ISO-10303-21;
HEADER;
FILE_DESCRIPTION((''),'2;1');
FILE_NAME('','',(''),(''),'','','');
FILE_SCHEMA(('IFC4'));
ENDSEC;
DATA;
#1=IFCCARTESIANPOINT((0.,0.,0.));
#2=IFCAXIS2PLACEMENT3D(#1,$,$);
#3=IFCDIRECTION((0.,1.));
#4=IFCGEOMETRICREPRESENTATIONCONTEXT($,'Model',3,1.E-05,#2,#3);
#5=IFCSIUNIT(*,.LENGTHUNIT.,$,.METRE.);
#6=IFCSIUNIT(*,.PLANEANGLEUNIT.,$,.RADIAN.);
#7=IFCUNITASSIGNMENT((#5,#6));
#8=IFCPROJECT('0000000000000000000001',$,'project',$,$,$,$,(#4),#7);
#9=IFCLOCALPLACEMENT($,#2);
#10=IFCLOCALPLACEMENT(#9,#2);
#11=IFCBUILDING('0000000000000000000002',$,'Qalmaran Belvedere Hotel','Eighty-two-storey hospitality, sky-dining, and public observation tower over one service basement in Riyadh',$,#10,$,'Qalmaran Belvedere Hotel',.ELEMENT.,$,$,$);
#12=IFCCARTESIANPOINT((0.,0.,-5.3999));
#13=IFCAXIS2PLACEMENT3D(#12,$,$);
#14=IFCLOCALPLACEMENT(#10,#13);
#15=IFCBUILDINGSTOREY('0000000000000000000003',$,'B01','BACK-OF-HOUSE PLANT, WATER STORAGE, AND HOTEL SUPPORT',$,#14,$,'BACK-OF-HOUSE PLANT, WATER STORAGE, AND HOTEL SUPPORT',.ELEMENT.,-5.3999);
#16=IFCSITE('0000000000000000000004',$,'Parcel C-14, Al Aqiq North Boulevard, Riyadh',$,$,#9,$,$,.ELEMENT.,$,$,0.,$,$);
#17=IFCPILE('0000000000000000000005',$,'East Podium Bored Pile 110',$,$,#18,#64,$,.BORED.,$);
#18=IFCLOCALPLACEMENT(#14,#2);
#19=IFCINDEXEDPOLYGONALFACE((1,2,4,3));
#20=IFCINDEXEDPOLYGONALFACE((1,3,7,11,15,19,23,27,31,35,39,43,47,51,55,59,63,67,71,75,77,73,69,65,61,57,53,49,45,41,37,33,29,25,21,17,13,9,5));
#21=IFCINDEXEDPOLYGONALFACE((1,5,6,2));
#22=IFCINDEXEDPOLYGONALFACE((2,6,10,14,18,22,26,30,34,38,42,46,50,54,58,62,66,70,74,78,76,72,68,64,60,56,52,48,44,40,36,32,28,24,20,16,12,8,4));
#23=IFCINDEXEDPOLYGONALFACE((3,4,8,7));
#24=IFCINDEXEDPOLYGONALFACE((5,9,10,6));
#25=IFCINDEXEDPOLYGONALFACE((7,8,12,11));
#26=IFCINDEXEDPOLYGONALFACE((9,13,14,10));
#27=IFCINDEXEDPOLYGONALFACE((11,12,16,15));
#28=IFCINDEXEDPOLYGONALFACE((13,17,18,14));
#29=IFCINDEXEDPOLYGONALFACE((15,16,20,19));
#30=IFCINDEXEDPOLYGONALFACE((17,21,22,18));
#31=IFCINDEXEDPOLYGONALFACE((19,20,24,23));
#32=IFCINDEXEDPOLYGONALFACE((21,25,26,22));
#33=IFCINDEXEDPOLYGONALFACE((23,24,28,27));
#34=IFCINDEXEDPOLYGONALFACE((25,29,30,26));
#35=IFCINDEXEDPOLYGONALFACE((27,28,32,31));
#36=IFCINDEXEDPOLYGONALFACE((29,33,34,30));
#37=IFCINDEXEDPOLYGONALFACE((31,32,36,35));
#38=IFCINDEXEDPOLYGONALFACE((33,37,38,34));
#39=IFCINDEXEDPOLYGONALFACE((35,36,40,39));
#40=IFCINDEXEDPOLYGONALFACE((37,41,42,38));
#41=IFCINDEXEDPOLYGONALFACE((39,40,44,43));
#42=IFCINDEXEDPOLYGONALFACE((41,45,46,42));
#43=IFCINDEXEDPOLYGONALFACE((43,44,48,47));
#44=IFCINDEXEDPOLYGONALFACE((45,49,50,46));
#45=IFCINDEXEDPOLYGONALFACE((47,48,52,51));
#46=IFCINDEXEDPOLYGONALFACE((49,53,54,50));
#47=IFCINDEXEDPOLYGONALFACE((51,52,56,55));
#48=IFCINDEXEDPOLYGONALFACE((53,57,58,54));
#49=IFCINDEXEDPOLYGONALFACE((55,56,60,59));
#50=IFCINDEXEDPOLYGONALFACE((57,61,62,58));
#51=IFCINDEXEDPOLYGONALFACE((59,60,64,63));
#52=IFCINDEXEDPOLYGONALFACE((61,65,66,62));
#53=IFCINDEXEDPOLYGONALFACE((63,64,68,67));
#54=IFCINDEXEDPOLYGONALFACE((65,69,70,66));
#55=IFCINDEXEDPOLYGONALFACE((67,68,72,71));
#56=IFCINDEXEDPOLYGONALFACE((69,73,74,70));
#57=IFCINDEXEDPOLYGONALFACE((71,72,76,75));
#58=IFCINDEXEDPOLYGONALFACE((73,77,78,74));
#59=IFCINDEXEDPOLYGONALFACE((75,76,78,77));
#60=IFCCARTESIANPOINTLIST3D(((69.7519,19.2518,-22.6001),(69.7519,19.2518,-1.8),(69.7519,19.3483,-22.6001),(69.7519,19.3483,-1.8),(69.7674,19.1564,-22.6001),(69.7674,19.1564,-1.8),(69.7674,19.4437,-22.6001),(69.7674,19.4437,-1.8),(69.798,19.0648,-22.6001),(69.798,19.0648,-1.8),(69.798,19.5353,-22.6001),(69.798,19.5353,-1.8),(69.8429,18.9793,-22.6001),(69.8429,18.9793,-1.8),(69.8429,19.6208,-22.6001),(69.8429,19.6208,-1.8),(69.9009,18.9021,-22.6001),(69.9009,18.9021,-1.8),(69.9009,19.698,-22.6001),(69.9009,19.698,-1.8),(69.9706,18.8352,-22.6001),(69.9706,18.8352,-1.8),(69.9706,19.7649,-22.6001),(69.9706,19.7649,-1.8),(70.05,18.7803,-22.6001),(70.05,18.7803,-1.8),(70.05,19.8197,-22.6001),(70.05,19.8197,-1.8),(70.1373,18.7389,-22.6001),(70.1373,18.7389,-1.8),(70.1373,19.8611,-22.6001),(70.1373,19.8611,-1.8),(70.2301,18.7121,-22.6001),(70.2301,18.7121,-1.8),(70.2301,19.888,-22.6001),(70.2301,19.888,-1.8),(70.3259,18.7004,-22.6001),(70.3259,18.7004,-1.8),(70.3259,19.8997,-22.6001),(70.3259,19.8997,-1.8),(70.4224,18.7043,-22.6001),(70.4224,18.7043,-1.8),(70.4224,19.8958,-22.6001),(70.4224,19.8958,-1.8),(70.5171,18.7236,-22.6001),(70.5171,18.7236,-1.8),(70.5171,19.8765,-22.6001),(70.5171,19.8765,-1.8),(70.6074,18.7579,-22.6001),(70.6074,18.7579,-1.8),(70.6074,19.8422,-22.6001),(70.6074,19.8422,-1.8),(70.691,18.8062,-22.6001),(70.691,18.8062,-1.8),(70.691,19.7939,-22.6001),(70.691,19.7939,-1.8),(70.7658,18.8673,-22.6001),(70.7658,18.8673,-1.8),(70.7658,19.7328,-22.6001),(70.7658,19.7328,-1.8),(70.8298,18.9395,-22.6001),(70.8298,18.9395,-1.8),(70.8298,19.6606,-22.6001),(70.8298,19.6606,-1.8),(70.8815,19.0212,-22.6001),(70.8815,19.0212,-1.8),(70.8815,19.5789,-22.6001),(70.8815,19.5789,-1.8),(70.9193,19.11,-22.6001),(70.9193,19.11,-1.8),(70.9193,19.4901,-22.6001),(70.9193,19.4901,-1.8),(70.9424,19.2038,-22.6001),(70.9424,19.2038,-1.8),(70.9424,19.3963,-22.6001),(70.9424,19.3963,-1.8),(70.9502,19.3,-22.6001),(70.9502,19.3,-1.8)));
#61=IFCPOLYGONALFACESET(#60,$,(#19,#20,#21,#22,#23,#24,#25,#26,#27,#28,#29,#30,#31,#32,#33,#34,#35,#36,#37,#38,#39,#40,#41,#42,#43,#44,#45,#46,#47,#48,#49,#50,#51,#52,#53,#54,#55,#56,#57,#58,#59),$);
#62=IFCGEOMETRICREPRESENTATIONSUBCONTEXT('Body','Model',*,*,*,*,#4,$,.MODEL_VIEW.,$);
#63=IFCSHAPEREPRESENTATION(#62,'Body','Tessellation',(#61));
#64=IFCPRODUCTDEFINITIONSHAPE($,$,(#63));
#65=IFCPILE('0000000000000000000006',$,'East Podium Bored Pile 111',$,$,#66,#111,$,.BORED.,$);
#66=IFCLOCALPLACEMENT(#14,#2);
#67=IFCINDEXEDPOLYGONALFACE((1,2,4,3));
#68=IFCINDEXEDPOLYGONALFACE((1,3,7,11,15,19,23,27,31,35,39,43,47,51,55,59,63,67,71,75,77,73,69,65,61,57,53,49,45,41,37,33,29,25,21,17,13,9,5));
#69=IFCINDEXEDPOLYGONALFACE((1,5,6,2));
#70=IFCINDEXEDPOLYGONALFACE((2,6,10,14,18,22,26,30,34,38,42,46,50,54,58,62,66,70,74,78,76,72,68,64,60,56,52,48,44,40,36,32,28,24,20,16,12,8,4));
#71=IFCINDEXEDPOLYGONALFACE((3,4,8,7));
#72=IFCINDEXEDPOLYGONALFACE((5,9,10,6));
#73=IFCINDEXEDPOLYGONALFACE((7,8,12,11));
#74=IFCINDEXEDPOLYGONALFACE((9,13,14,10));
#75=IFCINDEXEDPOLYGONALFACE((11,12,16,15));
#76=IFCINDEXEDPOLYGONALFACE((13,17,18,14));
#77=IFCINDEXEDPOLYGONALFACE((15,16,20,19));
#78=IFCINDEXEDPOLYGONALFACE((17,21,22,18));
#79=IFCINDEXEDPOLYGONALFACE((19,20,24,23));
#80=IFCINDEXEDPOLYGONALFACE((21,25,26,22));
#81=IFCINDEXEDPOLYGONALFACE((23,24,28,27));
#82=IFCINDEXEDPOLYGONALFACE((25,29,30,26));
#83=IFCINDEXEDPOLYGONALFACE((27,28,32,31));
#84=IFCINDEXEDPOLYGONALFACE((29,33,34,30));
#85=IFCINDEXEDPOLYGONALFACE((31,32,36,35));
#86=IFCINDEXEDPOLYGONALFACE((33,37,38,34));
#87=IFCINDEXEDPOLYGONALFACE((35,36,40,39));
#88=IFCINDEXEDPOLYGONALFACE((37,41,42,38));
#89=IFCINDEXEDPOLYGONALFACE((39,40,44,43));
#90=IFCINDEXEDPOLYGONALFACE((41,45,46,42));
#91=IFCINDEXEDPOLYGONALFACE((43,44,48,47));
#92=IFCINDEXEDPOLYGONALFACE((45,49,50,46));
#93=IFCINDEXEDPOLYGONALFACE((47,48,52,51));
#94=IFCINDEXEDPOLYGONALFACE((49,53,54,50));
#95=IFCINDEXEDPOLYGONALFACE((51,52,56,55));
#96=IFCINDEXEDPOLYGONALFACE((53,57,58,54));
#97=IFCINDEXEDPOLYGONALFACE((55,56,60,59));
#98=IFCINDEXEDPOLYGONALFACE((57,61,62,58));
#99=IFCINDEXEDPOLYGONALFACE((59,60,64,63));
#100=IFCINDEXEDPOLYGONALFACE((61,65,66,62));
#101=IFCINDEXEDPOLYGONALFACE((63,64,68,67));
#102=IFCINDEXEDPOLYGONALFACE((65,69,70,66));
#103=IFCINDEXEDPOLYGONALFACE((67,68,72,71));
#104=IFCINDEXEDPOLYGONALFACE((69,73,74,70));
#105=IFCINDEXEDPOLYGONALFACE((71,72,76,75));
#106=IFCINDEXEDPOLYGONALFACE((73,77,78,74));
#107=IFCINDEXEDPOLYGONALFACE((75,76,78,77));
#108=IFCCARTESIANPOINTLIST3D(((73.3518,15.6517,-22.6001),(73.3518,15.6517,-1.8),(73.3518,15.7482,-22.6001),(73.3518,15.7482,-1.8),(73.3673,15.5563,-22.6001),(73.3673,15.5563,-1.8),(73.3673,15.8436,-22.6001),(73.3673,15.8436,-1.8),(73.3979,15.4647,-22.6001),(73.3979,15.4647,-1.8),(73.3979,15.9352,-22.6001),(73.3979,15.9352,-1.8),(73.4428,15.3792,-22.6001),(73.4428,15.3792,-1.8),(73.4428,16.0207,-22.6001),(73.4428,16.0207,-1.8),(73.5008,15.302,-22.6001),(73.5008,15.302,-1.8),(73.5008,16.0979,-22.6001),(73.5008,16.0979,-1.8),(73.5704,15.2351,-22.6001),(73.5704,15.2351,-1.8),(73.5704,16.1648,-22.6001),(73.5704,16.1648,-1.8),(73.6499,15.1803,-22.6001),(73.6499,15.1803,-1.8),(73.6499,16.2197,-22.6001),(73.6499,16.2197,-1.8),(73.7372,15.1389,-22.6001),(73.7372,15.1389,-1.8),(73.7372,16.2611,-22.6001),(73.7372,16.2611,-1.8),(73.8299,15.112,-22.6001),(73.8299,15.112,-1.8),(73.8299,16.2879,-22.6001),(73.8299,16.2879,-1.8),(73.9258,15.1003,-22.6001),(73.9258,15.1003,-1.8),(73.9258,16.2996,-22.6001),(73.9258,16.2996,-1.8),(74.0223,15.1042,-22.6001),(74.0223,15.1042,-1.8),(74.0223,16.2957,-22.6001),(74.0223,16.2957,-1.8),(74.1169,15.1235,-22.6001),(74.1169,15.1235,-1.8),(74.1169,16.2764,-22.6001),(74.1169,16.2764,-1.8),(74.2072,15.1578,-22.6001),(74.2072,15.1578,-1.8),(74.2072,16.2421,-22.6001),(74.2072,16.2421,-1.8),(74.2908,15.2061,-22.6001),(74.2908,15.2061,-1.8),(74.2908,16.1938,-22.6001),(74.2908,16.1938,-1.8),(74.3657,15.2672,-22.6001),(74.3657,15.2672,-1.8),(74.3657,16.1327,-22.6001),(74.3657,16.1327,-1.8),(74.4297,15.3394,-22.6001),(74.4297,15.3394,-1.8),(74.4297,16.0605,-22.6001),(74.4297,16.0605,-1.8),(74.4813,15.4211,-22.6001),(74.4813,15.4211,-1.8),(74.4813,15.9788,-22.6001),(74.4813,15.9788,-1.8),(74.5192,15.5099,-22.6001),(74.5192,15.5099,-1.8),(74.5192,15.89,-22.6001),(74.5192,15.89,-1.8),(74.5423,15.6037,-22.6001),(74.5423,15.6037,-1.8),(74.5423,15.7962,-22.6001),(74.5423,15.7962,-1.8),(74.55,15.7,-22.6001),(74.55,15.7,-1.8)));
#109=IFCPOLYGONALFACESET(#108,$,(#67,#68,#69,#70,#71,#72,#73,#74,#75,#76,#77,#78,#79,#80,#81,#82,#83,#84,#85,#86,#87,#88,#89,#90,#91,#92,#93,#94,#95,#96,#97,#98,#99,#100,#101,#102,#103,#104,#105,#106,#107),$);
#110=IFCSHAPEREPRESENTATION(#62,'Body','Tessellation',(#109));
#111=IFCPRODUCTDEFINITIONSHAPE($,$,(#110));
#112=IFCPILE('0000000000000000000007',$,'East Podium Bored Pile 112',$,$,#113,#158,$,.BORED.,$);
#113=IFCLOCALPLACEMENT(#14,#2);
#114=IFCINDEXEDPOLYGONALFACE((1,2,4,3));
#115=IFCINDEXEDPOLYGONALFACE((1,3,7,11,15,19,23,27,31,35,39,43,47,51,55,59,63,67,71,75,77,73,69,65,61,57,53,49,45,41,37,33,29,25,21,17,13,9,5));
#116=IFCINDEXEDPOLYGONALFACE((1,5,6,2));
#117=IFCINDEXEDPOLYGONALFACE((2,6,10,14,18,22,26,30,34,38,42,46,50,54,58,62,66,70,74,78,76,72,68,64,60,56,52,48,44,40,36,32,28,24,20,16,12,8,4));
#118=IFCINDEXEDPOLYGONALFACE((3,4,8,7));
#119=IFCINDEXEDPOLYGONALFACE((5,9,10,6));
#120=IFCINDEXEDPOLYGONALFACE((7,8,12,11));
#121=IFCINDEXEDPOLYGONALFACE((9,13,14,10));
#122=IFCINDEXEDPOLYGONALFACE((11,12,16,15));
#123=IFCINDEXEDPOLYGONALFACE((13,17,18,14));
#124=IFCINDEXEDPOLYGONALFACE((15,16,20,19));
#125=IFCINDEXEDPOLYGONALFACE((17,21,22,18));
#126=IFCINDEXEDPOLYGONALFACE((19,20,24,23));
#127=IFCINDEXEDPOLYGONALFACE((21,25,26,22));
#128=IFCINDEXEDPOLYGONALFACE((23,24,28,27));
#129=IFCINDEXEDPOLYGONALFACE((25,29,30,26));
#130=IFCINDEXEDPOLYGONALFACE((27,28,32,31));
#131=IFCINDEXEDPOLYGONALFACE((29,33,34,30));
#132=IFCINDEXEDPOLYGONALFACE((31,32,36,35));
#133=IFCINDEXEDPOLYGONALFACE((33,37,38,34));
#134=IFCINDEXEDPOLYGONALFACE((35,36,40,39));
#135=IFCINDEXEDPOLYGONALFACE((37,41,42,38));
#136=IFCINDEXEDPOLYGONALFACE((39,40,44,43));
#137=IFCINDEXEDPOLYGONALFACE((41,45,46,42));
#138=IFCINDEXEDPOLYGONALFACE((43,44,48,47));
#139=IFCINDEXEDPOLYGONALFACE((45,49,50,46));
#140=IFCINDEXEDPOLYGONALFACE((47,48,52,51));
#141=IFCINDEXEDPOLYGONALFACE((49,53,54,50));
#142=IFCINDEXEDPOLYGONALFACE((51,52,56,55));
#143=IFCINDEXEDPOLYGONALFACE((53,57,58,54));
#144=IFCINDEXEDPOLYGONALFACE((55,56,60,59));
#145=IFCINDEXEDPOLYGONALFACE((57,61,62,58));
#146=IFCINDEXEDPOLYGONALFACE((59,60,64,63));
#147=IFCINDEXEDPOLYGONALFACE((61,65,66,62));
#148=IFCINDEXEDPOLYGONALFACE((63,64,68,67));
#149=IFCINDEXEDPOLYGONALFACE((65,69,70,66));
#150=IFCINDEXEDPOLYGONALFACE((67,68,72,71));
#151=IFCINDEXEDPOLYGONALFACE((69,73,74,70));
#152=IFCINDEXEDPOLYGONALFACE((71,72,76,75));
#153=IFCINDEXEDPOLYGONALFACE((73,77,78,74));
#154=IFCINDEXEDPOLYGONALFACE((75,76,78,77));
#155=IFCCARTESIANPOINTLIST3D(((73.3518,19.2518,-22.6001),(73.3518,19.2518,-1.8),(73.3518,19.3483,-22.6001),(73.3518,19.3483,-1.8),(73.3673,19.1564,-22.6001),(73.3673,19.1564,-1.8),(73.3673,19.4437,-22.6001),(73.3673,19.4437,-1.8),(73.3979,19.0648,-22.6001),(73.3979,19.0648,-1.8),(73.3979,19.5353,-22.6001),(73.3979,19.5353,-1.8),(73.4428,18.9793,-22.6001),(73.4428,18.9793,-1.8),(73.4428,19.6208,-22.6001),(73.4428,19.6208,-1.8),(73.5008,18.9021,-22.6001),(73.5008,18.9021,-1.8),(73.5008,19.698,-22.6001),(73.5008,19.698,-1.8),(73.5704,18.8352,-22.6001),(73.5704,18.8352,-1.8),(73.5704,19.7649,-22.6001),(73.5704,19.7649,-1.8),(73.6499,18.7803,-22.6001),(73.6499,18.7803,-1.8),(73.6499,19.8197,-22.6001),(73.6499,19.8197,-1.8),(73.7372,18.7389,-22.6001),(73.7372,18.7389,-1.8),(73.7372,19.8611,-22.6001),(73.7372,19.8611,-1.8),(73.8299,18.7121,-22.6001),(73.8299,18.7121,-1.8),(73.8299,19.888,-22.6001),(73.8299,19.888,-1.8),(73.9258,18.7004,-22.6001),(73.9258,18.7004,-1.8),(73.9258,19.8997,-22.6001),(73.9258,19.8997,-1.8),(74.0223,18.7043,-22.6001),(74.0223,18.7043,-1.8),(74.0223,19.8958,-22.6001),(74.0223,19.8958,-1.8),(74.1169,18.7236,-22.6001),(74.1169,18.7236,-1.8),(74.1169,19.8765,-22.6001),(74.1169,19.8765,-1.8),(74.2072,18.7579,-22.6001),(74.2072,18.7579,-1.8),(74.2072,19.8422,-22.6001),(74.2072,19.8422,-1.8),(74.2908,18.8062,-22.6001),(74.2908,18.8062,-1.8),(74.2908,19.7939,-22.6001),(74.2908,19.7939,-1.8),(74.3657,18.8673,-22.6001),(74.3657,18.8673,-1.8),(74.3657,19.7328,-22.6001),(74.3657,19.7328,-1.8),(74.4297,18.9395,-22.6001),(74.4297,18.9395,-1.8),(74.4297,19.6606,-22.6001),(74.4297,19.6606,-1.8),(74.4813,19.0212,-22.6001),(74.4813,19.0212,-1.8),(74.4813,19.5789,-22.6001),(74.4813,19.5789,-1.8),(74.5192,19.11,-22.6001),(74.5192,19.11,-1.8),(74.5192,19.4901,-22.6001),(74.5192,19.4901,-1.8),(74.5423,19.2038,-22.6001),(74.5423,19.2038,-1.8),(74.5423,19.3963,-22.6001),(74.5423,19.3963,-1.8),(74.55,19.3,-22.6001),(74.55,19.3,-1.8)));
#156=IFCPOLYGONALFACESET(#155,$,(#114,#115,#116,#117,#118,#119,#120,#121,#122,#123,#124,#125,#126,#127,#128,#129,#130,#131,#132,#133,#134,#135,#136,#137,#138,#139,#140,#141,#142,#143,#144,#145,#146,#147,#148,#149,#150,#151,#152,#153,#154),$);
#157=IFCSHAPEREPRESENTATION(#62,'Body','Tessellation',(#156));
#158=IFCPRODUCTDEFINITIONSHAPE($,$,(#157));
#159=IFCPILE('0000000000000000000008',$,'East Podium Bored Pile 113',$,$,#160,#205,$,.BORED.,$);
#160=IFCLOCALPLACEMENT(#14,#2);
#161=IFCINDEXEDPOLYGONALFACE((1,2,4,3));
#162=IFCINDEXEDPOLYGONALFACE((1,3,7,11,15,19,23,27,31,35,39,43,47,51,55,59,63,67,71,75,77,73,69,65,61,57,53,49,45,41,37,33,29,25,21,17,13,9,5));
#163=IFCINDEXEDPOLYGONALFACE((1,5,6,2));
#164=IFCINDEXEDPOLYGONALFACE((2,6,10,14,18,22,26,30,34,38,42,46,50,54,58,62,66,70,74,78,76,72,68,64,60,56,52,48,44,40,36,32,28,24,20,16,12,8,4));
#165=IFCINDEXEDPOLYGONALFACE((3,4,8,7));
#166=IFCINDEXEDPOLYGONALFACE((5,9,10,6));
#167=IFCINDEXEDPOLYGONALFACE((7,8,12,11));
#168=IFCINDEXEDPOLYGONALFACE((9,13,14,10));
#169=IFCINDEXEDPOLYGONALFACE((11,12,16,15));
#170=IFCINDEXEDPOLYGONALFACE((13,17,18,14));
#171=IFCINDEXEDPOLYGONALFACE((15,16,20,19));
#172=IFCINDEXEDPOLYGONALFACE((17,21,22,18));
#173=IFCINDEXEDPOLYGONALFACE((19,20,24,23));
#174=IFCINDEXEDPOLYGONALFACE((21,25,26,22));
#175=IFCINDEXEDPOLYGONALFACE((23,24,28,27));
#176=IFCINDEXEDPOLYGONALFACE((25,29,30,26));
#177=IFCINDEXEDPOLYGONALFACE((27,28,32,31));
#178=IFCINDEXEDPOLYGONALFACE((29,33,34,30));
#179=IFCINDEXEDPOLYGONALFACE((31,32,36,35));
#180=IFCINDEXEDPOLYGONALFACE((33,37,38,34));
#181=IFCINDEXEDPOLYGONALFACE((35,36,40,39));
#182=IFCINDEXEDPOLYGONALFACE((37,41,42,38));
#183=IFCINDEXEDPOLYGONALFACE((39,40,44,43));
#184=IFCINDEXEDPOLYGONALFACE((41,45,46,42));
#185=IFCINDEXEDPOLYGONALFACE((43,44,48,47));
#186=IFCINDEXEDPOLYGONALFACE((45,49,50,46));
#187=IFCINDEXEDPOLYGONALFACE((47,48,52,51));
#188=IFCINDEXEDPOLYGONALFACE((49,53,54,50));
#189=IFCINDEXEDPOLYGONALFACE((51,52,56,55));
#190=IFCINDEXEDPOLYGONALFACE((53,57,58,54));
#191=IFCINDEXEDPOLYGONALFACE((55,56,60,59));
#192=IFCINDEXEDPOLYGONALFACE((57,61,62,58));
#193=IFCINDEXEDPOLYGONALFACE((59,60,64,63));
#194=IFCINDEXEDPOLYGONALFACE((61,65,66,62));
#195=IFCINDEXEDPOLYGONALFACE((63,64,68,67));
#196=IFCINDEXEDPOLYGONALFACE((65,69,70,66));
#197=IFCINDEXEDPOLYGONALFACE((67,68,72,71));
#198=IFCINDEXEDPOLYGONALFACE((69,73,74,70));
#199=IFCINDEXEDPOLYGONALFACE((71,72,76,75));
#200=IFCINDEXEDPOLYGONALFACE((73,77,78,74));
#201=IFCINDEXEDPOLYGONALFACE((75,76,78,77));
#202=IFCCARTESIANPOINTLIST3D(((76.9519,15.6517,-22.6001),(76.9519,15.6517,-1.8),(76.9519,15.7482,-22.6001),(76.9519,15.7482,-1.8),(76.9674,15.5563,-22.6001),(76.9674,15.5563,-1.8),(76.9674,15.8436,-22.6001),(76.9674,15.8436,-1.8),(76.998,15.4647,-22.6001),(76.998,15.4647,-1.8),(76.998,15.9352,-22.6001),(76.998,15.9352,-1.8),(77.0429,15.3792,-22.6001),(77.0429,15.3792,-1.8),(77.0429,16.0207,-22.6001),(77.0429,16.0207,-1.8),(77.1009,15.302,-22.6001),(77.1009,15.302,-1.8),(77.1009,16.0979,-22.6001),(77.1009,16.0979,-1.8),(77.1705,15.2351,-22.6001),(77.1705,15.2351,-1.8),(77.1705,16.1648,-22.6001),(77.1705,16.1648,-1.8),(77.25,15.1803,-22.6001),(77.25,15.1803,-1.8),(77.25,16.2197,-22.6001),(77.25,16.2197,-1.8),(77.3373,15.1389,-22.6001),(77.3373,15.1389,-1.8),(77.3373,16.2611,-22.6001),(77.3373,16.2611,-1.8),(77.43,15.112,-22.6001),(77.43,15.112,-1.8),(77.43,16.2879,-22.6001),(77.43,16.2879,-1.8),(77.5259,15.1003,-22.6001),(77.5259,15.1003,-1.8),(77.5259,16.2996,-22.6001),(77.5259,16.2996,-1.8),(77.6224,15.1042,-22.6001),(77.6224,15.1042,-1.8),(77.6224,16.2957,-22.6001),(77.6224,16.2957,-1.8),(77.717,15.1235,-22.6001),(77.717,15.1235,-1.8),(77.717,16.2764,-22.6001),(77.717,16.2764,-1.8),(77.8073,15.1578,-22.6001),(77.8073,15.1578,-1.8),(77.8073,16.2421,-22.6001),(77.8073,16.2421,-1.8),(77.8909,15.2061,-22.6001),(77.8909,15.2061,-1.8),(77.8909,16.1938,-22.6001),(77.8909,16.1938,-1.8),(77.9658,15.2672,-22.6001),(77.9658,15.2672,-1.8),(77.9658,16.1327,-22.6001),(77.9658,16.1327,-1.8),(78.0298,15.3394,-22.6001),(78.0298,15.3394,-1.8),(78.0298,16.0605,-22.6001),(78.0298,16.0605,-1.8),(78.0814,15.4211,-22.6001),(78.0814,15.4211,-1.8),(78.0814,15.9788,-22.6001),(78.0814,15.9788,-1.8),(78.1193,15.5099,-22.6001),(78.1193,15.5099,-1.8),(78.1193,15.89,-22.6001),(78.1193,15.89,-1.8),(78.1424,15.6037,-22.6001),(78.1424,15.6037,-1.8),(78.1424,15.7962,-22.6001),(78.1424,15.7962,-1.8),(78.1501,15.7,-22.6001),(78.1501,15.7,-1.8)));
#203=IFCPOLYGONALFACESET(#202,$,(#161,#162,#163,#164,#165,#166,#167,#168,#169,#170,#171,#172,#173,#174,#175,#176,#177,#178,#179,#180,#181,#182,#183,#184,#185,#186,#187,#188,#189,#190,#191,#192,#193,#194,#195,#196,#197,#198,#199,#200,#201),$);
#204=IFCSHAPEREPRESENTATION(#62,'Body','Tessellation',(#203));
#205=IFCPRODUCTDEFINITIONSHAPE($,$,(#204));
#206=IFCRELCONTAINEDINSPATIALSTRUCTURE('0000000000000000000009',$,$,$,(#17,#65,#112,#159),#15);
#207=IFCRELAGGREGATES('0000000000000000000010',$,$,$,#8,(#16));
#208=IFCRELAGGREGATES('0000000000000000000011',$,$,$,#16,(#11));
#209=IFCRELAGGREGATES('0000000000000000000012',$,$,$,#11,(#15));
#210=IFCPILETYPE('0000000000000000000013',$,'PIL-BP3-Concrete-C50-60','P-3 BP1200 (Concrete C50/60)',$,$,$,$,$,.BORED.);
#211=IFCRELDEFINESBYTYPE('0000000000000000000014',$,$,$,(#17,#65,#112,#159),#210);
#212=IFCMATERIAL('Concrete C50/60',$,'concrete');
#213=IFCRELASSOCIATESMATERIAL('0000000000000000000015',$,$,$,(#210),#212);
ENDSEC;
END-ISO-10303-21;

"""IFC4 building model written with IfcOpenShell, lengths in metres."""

from ifc_helpers import new_model, si_unit, direction, frame, origin, origin_2d, place, context, subcontext, project, spatial, circle, extrude, material, material_profile, profile_set, type_object, element, save


model = new_model("IFC4")

# Units and contexts
model_context = context("Model", 3, precision=1e-05, world=origin(), true_north=direction((0.0, 1.0)))
body_context = subcontext(model_context, "Body", "Model", "MODEL_VIEW")
ifc_project = project(units=[si_unit("LENGTHUNIT", "METRE"), si_unit("PLANEANGLEUNIT", "RADIAN")], contexts=[model_context])

# Site, building, storey
site_placement = place(None, origin())
site = spatial("IfcSite", under=ifc_project, at=site_placement, Name="Parcel C-14, Al Aqiq North Boulevard, Riyadh", CompositionType="ELEMENT", RefElevation=0.0)
building_placement = place(site_placement, origin())
building = spatial("IfcBuilding", under=site, at=building_placement, Name="Qalmaran Belvedere Hotel", Description="Eighty-two-storey hospitality, sky-dining, and public observation tower over one service basement in Riyadh", LongName="Qalmaran Belvedere Hotel", CompositionType="ELEMENT")
storey_placement = place(building_placement, frame((0.0, 0.0, -5.3999)))
storey = spatial("IfcBuildingStorey", under=building, at=storey_placement, Name="B01", Description="BACK-OF-HOUSE PLANT, WATER STORAGE, AND HOTEL SUPPORT", LongName="BACK-OF-HOUSE PLANT, WATER STORAGE, AND HOTEL SUPPORT", CompositionType="ELEMENT", Elevation=-5.3999)

# Shared definitions
ifc_material_1 = material(Name="Concrete C50/60", Category="concrete")

# Piles
ifc_material_profile_1 = material_profile(ifc_material_1, circle(Radius=0.6001, at=origin_2d()), Name="BP1200")
ifc_profile_set_1 = profile_set([ifc_material_profile_1], Name="Concrete C50/60")
pile_type = type_object("IfcPileType", Name="PIL-BP3-Concrete-C50-60", Description="P-3 BP1200 (Concrete C50/60)", PredefinedType="BORED", material=ifc_profile_set_1)
for number, where, z_axis, x_axis, name in (
    (1, (70.3501, 19.3, -1.8), (0.0, 0.0, -1.0), (1.0, 0.0, 0.0), "East Podium Bored Pile 110"),
    (2, (73.95, 15.7, -1.8), (0.0, 0.0, -1.0), (1.0, 0.0, 0.0), "East Podium Bored Pile 111"),
    (3, (73.95, 19.3, -1.8), (0.0, 0.0, -1.0), (1.0, 0.0, 0.0), "East Podium Bored Pile 112"),
    (4, (77.55, 15.7, -1.8), (0.0, 0.0, -1.0), (1.0, 0.0, 0.0), "East Podium Bored Pile 113"),
):
    element("IfcPile", number, at=place(storey_placement, frame(where, z_axis=z_axis, x_axis=x_axis)), inside=storey, type_object=pile_type, Name=name, PredefinedType="BORED", context=body_context, shape_type="SweptSolid", body=[
        extrude(circle(Radius=0.6001, at=origin_2d()), origin(), (0.0, 0.0, 1.0), 20.8),
    ])

save(model, "model.ifc")
